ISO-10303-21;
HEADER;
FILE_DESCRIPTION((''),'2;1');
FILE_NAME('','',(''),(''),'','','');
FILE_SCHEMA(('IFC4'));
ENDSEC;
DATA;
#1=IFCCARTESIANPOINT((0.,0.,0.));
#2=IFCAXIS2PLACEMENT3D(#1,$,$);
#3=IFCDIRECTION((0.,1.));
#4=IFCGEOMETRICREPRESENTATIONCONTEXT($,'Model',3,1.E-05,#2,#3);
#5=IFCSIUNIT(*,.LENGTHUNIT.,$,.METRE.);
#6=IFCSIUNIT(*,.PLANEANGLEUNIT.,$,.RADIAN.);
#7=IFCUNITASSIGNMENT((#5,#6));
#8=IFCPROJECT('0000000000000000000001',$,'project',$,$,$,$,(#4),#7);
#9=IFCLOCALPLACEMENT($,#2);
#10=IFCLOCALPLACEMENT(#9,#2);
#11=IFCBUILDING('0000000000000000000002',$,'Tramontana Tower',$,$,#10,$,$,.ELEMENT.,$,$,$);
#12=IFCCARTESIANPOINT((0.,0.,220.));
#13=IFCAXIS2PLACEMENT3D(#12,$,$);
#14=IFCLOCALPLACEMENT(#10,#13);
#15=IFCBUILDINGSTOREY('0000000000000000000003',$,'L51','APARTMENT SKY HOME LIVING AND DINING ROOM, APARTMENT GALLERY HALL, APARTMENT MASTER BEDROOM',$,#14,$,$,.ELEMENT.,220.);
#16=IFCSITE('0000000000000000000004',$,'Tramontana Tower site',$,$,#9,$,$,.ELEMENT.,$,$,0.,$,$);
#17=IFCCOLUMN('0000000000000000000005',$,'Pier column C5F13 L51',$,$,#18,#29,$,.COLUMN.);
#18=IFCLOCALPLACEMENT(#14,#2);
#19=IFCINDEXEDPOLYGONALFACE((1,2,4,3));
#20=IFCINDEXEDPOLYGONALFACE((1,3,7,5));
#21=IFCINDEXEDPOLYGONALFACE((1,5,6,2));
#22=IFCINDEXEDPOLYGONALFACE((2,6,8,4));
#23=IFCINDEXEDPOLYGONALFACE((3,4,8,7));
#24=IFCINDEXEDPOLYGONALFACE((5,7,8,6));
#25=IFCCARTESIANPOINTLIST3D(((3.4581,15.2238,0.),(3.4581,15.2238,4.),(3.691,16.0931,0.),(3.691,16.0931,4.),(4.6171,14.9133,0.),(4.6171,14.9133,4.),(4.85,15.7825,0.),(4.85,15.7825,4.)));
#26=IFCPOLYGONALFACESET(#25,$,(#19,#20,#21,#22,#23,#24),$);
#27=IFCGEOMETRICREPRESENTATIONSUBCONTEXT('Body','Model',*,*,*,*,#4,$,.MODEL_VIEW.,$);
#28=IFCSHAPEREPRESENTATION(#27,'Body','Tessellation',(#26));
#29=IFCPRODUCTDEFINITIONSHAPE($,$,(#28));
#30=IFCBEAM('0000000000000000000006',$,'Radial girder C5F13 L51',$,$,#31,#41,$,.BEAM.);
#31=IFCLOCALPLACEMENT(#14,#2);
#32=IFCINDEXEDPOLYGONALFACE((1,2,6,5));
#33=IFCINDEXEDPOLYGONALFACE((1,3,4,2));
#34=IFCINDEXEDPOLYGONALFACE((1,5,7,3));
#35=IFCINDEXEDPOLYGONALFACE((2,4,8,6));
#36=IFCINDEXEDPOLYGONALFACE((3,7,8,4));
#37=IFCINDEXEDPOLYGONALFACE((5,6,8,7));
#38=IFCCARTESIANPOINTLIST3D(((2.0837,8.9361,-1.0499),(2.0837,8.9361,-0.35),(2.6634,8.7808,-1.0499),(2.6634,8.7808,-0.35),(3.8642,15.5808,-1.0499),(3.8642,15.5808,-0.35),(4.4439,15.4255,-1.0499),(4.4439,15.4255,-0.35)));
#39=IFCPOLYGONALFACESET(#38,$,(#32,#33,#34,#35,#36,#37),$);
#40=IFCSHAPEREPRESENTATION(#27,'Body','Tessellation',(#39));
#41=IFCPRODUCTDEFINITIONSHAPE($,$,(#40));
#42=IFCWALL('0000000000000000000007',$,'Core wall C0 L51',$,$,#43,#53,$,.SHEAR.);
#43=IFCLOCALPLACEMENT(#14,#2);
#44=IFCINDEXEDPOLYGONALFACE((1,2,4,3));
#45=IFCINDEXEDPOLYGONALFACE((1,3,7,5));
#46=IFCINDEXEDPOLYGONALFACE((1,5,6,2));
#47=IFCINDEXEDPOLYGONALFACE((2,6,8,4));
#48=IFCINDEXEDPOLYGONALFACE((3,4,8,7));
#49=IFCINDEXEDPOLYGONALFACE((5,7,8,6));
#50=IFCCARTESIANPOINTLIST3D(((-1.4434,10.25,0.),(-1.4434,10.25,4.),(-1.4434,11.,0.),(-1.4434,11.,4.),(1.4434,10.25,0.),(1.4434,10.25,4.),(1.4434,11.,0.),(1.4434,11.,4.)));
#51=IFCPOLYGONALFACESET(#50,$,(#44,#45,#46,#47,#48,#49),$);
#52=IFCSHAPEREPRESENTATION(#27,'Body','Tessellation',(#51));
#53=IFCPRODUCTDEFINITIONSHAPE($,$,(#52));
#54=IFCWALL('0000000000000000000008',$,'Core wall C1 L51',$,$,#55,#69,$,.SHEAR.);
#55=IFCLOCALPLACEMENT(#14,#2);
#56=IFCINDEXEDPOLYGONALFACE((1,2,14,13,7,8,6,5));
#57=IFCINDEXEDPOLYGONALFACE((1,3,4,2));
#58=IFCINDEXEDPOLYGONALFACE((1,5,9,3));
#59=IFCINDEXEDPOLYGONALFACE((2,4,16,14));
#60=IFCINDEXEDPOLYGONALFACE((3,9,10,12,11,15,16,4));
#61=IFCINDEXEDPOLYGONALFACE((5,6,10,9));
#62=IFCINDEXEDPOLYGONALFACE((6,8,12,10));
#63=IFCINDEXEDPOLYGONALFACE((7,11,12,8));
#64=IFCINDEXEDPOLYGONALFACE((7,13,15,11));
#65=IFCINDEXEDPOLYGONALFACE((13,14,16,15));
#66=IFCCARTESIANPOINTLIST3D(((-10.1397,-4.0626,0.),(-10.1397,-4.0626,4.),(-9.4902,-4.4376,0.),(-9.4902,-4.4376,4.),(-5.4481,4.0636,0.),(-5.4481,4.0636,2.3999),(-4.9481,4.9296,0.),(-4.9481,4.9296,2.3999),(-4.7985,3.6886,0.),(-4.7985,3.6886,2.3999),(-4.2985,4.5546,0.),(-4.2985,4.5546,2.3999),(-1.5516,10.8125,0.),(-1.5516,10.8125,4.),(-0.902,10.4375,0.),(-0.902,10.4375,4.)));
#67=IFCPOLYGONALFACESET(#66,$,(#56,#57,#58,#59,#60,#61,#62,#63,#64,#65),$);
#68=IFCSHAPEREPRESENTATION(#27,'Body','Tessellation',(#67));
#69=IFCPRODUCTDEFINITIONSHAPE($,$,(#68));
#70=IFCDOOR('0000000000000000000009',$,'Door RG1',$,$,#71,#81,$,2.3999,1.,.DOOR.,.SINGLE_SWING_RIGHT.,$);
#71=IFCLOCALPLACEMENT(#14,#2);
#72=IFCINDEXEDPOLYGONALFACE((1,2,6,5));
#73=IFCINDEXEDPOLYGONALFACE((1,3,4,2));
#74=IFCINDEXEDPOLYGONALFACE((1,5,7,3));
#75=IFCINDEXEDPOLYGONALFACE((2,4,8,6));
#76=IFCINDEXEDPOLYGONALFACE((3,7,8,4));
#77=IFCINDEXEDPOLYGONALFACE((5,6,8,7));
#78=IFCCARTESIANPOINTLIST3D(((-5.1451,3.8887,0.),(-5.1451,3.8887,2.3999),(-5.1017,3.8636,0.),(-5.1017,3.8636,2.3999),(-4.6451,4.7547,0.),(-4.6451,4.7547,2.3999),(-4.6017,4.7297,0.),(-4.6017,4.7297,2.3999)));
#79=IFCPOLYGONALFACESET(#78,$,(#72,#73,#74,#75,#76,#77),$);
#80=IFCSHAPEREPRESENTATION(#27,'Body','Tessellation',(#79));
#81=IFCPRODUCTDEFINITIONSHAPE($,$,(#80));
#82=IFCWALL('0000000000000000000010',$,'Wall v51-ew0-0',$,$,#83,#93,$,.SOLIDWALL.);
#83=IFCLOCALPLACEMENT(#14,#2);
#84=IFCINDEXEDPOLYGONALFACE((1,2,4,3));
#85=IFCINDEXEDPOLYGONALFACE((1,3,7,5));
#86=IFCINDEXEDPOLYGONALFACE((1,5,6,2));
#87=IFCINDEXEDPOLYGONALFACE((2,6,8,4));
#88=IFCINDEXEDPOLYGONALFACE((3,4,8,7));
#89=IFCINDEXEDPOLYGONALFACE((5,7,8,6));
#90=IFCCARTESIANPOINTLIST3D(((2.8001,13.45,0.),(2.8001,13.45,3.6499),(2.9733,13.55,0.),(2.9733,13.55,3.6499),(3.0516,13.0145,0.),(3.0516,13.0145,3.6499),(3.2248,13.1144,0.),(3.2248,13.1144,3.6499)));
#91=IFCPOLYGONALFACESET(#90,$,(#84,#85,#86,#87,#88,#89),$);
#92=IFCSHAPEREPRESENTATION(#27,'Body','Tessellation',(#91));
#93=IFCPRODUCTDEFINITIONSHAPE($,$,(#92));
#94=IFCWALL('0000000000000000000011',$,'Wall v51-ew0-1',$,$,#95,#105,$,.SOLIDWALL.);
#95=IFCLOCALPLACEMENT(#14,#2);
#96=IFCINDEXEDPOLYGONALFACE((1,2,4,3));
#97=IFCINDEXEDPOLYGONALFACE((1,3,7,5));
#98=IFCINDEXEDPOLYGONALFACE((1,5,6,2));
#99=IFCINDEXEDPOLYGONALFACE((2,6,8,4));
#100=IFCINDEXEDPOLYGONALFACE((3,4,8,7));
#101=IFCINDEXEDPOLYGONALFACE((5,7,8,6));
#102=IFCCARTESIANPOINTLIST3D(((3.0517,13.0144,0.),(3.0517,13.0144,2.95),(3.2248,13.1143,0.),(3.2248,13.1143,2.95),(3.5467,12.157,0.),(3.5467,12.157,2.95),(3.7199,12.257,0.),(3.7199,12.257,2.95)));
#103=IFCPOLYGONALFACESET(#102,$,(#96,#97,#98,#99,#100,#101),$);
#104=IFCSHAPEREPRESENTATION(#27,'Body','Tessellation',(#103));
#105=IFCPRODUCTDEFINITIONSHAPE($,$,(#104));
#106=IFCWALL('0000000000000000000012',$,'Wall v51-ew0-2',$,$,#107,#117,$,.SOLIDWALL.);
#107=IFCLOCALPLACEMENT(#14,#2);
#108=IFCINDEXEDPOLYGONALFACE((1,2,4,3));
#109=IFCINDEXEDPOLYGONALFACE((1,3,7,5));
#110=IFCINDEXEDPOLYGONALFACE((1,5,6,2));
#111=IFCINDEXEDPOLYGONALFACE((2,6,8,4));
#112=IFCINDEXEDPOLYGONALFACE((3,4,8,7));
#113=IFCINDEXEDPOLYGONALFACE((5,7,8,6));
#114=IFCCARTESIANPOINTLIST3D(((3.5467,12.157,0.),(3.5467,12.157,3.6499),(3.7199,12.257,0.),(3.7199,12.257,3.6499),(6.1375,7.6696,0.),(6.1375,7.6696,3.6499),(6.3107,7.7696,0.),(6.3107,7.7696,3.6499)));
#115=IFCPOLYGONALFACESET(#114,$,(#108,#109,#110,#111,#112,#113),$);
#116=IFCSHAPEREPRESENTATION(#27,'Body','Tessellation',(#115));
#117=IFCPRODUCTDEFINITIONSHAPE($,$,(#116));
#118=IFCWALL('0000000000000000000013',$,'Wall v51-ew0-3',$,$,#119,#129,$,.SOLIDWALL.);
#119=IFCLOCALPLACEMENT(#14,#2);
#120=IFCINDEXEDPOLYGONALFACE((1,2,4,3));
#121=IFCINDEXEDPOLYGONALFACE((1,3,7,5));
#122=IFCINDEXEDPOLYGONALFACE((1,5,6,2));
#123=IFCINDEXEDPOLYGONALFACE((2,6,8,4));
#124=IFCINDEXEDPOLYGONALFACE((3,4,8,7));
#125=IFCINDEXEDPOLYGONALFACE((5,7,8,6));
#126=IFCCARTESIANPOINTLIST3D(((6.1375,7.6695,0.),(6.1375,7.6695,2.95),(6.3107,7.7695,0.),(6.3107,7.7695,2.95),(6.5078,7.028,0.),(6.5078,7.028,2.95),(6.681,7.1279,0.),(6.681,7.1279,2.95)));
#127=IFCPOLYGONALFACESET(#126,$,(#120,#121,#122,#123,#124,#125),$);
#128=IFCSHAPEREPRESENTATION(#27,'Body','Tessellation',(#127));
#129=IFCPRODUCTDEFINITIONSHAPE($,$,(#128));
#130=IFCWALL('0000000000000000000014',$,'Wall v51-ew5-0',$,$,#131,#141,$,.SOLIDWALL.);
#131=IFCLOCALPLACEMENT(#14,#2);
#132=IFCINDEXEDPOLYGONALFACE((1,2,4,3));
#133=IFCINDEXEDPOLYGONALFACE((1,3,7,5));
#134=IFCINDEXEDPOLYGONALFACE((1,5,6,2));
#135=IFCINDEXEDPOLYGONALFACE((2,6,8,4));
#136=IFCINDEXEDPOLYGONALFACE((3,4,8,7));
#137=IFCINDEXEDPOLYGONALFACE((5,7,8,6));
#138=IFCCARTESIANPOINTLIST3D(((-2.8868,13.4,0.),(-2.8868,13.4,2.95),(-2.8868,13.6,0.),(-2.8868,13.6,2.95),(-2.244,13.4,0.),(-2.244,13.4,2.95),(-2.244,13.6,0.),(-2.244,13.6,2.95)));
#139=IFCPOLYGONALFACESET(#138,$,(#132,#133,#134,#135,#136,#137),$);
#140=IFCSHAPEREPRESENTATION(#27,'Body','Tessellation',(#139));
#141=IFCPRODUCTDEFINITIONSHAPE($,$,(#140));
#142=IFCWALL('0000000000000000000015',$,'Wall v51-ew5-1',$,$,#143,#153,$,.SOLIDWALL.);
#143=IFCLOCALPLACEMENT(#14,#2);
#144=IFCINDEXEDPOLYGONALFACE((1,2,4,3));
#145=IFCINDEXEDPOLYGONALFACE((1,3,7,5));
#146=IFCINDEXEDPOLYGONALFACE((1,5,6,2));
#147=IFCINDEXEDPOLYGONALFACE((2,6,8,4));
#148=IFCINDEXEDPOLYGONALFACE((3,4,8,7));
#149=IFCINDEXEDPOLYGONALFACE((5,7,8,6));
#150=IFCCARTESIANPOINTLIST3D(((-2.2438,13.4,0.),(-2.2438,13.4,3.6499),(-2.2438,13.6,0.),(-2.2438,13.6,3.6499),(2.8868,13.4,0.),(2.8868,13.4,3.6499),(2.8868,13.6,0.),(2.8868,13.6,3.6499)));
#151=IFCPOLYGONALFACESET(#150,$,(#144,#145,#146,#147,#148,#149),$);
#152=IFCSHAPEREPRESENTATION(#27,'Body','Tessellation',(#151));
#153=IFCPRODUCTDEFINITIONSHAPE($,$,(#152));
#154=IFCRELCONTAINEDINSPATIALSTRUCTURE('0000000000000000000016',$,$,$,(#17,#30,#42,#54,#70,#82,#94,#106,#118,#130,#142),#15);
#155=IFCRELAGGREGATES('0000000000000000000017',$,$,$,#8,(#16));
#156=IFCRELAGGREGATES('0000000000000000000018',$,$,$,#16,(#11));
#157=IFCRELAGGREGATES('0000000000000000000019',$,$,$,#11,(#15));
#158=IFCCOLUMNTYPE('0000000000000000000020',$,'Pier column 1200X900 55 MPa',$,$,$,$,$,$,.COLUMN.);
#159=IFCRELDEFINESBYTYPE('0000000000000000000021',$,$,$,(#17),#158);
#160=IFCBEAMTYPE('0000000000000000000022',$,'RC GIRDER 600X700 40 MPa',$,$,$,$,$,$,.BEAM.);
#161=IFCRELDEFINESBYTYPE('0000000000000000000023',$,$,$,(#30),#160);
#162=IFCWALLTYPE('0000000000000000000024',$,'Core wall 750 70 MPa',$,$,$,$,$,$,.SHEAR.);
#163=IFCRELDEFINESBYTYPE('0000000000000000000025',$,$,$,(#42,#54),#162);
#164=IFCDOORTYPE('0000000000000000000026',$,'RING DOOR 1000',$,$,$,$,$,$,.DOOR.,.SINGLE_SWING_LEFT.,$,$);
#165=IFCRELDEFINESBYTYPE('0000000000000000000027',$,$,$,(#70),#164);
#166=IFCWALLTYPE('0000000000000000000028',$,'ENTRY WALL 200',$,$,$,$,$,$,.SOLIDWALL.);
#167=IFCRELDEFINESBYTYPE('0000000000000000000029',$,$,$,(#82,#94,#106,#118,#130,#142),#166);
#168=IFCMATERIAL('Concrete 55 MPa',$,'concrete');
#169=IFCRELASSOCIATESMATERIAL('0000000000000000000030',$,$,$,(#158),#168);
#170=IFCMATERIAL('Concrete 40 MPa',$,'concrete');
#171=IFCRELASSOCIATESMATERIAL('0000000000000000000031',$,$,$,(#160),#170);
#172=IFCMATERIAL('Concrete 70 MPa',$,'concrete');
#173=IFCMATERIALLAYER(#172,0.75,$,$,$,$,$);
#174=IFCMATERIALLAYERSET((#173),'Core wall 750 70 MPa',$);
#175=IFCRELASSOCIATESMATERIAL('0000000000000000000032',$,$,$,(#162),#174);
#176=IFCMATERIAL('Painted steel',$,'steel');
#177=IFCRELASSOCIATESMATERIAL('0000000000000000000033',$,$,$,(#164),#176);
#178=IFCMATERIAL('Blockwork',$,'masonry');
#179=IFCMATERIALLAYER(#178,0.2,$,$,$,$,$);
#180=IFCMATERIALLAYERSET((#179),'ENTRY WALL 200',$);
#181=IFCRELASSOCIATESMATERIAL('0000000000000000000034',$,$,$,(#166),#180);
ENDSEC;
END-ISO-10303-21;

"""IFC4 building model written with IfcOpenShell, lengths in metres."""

from ifc_helpers import new_model, si_unit, direction, frame, frame_2d, origin, origin_2d, place, context, subcontext, project, spatial, rectangle, extrude, material, layer, layer_set, material_profile, profile_set, type_object, element, fill, save


model = new_model("IFC4")

# Units and contexts
model_context = context("Model", 3, precision=1e-05, world=origin(), true_north=direction((0.0, 1.0)))
body_context = subcontext(model_context, "Body", "Model", "MODEL_VIEW")
ifc_project = project(units=[si_unit("LENGTHUNIT", "METRE"), si_unit("PLANEANGLEUNIT", "RADIAN")], contexts=[model_context])

# Site, building, storey
site_placement = place(None, origin())
site = spatial("IfcSite", under=ifc_project, at=site_placement, Name="Tramontana Tower site", CompositionType="ELEMENT", RefElevation=0.0)
building_placement = place(site_placement, origin())
building = spatial("IfcBuilding", under=site, at=building_placement, Name="Tramontana Tower", CompositionType="ELEMENT")
storey_placement = place(building_placement, frame((0.0, 0.0, 220.0)))
storey = spatial("IfcBuildingStorey", under=building, at=storey_placement, Name="L51", Description="APARTMENT SKY HOME LIVING AND DINING ROOM, APARTMENT GALLERY HALL, APARTMENT MASTER BEDROOM", CompositionType="ELEMENT", Elevation=220.0)

# Column
ifc_material_1 = material(Name="Concrete 55 MPa", Category="concrete")
ifc_material_profile_1 = material_profile(ifc_material_1, rectangle(XDim=1.2, YDim=0.8999, at=origin_2d()), Name="Pier column 1200X900 55 MPa")
ifc_profile_set_1 = profile_set([ifc_material_profile_1], Name="Concrete 55 MPa")
column_type = type_object("IfcColumnType", Name="Pier column 1200X900 55 MPa", PredefinedType="COLUMN", material=ifc_profile_set_1)
column_placement = place(storey_placement, frame((4.1541, 15.5032, 0.0), z_axis=(0.0, 0.0, 1.0), x_axis=(-0.965926, 0.258819, 0.0)))
element("IfcColumn", 1, at=column_placement, inside=storey, type_object=column_type, Name="Pier column C5F13 L51", PredefinedType="COLUMN", context=body_context, shape_type="SweptSolid", body=[
    extrude(rectangle(XDim=1.2, YDim=0.8999, at=origin_2d()), origin(), (0.0, 0.0, 1.0), 4.0),
])

# Beam
ifc_material_2 = material(Name="Concrete 40 MPa", Category="concrete")
ifc_material_profile_2 = material_profile(ifc_material_2, rectangle(XDim=0.6001, YDim=0.7, at=origin_2d()), Name="RC GIRDER 600X700 40 MPa")
ifc_profile_set_2 = profile_set([ifc_material_profile_2], Name="Concrete 40 MPa")
beam_type = type_object("IfcBeamType", Name="RC GIRDER 600X700 40 MPa", PredefinedType="BEAM", material=ifc_profile_set_2)
beam_placement = place(storey_placement, frame((4.1541, 15.5032, -0.7), z_axis=(-0.258827, -0.965924, 0.0), x_axis=(0.965924, -0.258827, 0.0)))
element("IfcBeam", 2, at=beam_placement, inside=storey, type_object=beam_type, Name="Radial girder C5F13 L51", PredefinedType="BEAM", context=body_context, shape_type="SweptSolid", body=[
    extrude(rectangle(XDim=0.6001, YDim=0.7, at=origin_2d()), origin(), (0.0, 0.0, 1.0), 6.8792),
])

# Wall
ifc_material_3 = material(Name="Concrete 70 MPa", Category="concrete")
ifc_layer_1 = layer(ifc_material_3, 0.75)
ifc_layer_set_1 = layer_set([ifc_layer_1], Name="Core wall 750 70 MPa")
wall_type_1 = type_object("IfcWallType", Name="Core wall 750 70 MPa", PredefinedType="SHEAR", material=ifc_layer_set_1)
wall_1_placement = place(storey_placement, frame((1.4434, 10.625, 0.0), z_axis=(0.0, 0.0, 1.0), x_axis=(-1.0, 0.0, 0.0)))
element("IfcWall", 3, at=wall_1_placement, inside=storey, type_object=wall_type_1, Name="Core wall C0 L51", PredefinedType="SHEAR", context=body_context, shape_type="SweptSolid", body=[
    extrude(rectangle(XDim=2.8867, YDim=0.75, at=frame_2d((1.4434, 0.0))), origin(), (0.0, 0.0, 1.0), 4.0),
])

# Wall, opening, door
wall_2_placement = place(storey_placement, frame((-1.2268, 10.625, 0.0), z_axis=(0.0, 0.0, 1.0), x_axis=(-0.500002, -0.866024, 0.0)))
wall_2 = element("IfcWall", 4, at=wall_2_placement, inside=storey, type_object=wall_type_1, Name="Core wall C1 L51", PredefinedType="SHEAR", context=body_context, shape_type="SweptSolid", body=[
    extrude(rectangle(XDim=17.1763, YDim=0.75, at=frame_2d((8.5881, 0.0))), origin(), (0.0, 0.0, 1.0), 4.0),
])
opening_1_placement = place(wall_2_placement, frame((6.793, 0.0, 0.0)))
opening_1 = element("IfcOpeningElement", 5, at=opening_1_placement, cuts=wall_2, PredefinedType="OPENING", context=body_context, shape_type="SweptSolid", body=[
    extrude(rectangle(XDim=1.0, YDim=2.3999, at=frame_2d((0.5, 1.2))), frame((0.0, 0.385, 0.0), z_axis=(0.0, -1.0, 0.0), x_axis=(1.0, 0.0, 0.0)), (0.0, 0.0, 1.0), 0.77),
])
ifc_material_4 = material(Name="Painted steel", Category="steel")
door_type_1 = type_object("IfcDoorType", Name="RING DOOR 1000", OperationType="SINGLE_SWING_LEFT", PredefinedType="DOOR", material=ifc_material_4)
door_1_placement = place(opening_1_placement, origin())
door_1 = element("IfcDoor", 6, at=door_1_placement, inside=storey, type_object=door_type_1, Name="Door RG1", OperationType="SINGLE_SWING_RIGHT", OverallHeight=2.3999, OverallWidth=1.0, PredefinedType="DOOR", context=body_context, shape_type="SweptSolid", body=[
    extrude(rectangle(XDim=1.0, YDim=2.3999, at=frame_2d((0.5, 1.2))), frame((0.0, 0.0249, 0.0), z_axis=(0.0, -1.0, 0.0), x_axis=(1.0, 0.0, 0.0)), (0.0, 0.0, 1.0), 0.05),
])
fill(opening_1, door_1)

# Walls
ifc_material_5 = material(Name="Blockwork", Category="masonry")
ifc_layer_2 = layer(ifc_material_5, 0.2)
ifc_layer_set_2 = layer_set([ifc_layer_2], Name="ENTRY WALL 200")
wall_type_2 = type_object("IfcWallType", Name="ENTRY WALL 200", PredefinedType="SOLIDWALL", material=ifc_layer_set_2)
wall_3_placement = place(storey_placement, frame((2.8867, 13.5, 0.0), z_axis=(0.0, 0.0, 1.0), x_axis=(0.500003, -0.866024, 0.0)))
element("IfcWall", 7, at=wall_3_placement, inside=storey, type_object=wall_type_2, Name="Wall v51-ew0-0", PredefinedType="SOLIDWALL", context=body_context, shape_type="SweptSolid", body=[
    extrude(rectangle(XDim=0.5029, YDim=0.2, at=frame_2d((0.2515, 0.0))), origin(), (0.0, 0.0, 1.0), 3.6499),
])
wall_4_placement = place(storey_placement, frame((3.1382, 13.0645, 0.0), z_axis=(0.0, 0.0, 1.0), x_axis=(0.500064, -0.865988, 0.0)))
element("IfcWall", 8, at=wall_4_placement, inside=storey, type_object=wall_type_2, Name="Wall v51-ew0-1", PredefinedType="SOLIDWALL", context=body_context, shape_type="SweptSolid", body=[
    extrude(rectangle(XDim=0.99, YDim=0.2, at=frame_2d((0.4951, 0.0))), origin(), (0.0, 0.0, 1.0), 2.95),
])
wall_5_placement = place(storey_placement, frame((3.6333, 12.207, 0.0), z_axis=(0.0, 0.0, 1.0), x_axis=(0.49999, -0.866031, 0.0)))
element("IfcWall", 9, at=wall_5_placement, inside=storey, type_object=wall_type_2, Name="Wall v51-ew0-2", PredefinedType="SOLIDWALL", context=body_context, shape_type="SweptSolid", body=[
    extrude(rectangle(XDim=5.1816, YDim=0.2, at=frame_2d((2.5908, 0.0))), origin(), (0.0, 0.0, 1.0), 3.6499),
])
wall_6_placement = place(storey_placement, frame((6.2241, 7.7195, 0.0), z_axis=(0.0, 0.0, 1.0), x_axis=(0.499932, -0.866065, 0.0)))
element("IfcWall", 10, at=wall_6_placement, inside=storey, type_object=wall_type_2, Name="Wall v51-ew0-3", PredefinedType="SOLIDWALL", context=body_context, shape_type="SweptSolid", body=[
    extrude(rectangle(XDim=0.7407, YDim=0.2, at=frame_2d((0.3704, 0.0))), origin(), (0.0, 0.0, 1.0), 2.95),
])
wall_7_placement = place(storey_placement, frame((-2.8867, 13.5, 0.0), z_axis=(0.0, 0.0, 1.0), x_axis=(1.0, 0.0, 0.0)))
element("IfcWall", 11, at=wall_7_placement, inside=storey, type_object=wall_type_2, Name="Wall v51-ew5-0", PredefinedType="SOLIDWALL", context=body_context, shape_type="SweptSolid", body=[
    extrude(rectangle(XDim=0.6428, YDim=0.2, at=frame_2d((0.3213, 0.0))), origin(), (0.0, 0.0, 1.0), 2.95),
])
wall_8_placement = place(storey_placement, frame((-2.2439, 13.5, 0.0), z_axis=(0.0, 0.0, 1.0), x_axis=(1.0, 0.0, 0.0)))
element("IfcWall", 12, at=wall_8_placement, inside=storey, type_object=wall_type_2, Name="Wall v51-ew5-1", PredefinedType="SOLIDWALL", context=body_context, shape_type="SweptSolid", body=[
    extrude(rectangle(XDim=5.1306, YDim=0.2, at=frame_2d((2.5654, 0.0))), origin(), (0.0, 0.0, 1.0), 3.6499),
])

save(model, "model.ifc")
